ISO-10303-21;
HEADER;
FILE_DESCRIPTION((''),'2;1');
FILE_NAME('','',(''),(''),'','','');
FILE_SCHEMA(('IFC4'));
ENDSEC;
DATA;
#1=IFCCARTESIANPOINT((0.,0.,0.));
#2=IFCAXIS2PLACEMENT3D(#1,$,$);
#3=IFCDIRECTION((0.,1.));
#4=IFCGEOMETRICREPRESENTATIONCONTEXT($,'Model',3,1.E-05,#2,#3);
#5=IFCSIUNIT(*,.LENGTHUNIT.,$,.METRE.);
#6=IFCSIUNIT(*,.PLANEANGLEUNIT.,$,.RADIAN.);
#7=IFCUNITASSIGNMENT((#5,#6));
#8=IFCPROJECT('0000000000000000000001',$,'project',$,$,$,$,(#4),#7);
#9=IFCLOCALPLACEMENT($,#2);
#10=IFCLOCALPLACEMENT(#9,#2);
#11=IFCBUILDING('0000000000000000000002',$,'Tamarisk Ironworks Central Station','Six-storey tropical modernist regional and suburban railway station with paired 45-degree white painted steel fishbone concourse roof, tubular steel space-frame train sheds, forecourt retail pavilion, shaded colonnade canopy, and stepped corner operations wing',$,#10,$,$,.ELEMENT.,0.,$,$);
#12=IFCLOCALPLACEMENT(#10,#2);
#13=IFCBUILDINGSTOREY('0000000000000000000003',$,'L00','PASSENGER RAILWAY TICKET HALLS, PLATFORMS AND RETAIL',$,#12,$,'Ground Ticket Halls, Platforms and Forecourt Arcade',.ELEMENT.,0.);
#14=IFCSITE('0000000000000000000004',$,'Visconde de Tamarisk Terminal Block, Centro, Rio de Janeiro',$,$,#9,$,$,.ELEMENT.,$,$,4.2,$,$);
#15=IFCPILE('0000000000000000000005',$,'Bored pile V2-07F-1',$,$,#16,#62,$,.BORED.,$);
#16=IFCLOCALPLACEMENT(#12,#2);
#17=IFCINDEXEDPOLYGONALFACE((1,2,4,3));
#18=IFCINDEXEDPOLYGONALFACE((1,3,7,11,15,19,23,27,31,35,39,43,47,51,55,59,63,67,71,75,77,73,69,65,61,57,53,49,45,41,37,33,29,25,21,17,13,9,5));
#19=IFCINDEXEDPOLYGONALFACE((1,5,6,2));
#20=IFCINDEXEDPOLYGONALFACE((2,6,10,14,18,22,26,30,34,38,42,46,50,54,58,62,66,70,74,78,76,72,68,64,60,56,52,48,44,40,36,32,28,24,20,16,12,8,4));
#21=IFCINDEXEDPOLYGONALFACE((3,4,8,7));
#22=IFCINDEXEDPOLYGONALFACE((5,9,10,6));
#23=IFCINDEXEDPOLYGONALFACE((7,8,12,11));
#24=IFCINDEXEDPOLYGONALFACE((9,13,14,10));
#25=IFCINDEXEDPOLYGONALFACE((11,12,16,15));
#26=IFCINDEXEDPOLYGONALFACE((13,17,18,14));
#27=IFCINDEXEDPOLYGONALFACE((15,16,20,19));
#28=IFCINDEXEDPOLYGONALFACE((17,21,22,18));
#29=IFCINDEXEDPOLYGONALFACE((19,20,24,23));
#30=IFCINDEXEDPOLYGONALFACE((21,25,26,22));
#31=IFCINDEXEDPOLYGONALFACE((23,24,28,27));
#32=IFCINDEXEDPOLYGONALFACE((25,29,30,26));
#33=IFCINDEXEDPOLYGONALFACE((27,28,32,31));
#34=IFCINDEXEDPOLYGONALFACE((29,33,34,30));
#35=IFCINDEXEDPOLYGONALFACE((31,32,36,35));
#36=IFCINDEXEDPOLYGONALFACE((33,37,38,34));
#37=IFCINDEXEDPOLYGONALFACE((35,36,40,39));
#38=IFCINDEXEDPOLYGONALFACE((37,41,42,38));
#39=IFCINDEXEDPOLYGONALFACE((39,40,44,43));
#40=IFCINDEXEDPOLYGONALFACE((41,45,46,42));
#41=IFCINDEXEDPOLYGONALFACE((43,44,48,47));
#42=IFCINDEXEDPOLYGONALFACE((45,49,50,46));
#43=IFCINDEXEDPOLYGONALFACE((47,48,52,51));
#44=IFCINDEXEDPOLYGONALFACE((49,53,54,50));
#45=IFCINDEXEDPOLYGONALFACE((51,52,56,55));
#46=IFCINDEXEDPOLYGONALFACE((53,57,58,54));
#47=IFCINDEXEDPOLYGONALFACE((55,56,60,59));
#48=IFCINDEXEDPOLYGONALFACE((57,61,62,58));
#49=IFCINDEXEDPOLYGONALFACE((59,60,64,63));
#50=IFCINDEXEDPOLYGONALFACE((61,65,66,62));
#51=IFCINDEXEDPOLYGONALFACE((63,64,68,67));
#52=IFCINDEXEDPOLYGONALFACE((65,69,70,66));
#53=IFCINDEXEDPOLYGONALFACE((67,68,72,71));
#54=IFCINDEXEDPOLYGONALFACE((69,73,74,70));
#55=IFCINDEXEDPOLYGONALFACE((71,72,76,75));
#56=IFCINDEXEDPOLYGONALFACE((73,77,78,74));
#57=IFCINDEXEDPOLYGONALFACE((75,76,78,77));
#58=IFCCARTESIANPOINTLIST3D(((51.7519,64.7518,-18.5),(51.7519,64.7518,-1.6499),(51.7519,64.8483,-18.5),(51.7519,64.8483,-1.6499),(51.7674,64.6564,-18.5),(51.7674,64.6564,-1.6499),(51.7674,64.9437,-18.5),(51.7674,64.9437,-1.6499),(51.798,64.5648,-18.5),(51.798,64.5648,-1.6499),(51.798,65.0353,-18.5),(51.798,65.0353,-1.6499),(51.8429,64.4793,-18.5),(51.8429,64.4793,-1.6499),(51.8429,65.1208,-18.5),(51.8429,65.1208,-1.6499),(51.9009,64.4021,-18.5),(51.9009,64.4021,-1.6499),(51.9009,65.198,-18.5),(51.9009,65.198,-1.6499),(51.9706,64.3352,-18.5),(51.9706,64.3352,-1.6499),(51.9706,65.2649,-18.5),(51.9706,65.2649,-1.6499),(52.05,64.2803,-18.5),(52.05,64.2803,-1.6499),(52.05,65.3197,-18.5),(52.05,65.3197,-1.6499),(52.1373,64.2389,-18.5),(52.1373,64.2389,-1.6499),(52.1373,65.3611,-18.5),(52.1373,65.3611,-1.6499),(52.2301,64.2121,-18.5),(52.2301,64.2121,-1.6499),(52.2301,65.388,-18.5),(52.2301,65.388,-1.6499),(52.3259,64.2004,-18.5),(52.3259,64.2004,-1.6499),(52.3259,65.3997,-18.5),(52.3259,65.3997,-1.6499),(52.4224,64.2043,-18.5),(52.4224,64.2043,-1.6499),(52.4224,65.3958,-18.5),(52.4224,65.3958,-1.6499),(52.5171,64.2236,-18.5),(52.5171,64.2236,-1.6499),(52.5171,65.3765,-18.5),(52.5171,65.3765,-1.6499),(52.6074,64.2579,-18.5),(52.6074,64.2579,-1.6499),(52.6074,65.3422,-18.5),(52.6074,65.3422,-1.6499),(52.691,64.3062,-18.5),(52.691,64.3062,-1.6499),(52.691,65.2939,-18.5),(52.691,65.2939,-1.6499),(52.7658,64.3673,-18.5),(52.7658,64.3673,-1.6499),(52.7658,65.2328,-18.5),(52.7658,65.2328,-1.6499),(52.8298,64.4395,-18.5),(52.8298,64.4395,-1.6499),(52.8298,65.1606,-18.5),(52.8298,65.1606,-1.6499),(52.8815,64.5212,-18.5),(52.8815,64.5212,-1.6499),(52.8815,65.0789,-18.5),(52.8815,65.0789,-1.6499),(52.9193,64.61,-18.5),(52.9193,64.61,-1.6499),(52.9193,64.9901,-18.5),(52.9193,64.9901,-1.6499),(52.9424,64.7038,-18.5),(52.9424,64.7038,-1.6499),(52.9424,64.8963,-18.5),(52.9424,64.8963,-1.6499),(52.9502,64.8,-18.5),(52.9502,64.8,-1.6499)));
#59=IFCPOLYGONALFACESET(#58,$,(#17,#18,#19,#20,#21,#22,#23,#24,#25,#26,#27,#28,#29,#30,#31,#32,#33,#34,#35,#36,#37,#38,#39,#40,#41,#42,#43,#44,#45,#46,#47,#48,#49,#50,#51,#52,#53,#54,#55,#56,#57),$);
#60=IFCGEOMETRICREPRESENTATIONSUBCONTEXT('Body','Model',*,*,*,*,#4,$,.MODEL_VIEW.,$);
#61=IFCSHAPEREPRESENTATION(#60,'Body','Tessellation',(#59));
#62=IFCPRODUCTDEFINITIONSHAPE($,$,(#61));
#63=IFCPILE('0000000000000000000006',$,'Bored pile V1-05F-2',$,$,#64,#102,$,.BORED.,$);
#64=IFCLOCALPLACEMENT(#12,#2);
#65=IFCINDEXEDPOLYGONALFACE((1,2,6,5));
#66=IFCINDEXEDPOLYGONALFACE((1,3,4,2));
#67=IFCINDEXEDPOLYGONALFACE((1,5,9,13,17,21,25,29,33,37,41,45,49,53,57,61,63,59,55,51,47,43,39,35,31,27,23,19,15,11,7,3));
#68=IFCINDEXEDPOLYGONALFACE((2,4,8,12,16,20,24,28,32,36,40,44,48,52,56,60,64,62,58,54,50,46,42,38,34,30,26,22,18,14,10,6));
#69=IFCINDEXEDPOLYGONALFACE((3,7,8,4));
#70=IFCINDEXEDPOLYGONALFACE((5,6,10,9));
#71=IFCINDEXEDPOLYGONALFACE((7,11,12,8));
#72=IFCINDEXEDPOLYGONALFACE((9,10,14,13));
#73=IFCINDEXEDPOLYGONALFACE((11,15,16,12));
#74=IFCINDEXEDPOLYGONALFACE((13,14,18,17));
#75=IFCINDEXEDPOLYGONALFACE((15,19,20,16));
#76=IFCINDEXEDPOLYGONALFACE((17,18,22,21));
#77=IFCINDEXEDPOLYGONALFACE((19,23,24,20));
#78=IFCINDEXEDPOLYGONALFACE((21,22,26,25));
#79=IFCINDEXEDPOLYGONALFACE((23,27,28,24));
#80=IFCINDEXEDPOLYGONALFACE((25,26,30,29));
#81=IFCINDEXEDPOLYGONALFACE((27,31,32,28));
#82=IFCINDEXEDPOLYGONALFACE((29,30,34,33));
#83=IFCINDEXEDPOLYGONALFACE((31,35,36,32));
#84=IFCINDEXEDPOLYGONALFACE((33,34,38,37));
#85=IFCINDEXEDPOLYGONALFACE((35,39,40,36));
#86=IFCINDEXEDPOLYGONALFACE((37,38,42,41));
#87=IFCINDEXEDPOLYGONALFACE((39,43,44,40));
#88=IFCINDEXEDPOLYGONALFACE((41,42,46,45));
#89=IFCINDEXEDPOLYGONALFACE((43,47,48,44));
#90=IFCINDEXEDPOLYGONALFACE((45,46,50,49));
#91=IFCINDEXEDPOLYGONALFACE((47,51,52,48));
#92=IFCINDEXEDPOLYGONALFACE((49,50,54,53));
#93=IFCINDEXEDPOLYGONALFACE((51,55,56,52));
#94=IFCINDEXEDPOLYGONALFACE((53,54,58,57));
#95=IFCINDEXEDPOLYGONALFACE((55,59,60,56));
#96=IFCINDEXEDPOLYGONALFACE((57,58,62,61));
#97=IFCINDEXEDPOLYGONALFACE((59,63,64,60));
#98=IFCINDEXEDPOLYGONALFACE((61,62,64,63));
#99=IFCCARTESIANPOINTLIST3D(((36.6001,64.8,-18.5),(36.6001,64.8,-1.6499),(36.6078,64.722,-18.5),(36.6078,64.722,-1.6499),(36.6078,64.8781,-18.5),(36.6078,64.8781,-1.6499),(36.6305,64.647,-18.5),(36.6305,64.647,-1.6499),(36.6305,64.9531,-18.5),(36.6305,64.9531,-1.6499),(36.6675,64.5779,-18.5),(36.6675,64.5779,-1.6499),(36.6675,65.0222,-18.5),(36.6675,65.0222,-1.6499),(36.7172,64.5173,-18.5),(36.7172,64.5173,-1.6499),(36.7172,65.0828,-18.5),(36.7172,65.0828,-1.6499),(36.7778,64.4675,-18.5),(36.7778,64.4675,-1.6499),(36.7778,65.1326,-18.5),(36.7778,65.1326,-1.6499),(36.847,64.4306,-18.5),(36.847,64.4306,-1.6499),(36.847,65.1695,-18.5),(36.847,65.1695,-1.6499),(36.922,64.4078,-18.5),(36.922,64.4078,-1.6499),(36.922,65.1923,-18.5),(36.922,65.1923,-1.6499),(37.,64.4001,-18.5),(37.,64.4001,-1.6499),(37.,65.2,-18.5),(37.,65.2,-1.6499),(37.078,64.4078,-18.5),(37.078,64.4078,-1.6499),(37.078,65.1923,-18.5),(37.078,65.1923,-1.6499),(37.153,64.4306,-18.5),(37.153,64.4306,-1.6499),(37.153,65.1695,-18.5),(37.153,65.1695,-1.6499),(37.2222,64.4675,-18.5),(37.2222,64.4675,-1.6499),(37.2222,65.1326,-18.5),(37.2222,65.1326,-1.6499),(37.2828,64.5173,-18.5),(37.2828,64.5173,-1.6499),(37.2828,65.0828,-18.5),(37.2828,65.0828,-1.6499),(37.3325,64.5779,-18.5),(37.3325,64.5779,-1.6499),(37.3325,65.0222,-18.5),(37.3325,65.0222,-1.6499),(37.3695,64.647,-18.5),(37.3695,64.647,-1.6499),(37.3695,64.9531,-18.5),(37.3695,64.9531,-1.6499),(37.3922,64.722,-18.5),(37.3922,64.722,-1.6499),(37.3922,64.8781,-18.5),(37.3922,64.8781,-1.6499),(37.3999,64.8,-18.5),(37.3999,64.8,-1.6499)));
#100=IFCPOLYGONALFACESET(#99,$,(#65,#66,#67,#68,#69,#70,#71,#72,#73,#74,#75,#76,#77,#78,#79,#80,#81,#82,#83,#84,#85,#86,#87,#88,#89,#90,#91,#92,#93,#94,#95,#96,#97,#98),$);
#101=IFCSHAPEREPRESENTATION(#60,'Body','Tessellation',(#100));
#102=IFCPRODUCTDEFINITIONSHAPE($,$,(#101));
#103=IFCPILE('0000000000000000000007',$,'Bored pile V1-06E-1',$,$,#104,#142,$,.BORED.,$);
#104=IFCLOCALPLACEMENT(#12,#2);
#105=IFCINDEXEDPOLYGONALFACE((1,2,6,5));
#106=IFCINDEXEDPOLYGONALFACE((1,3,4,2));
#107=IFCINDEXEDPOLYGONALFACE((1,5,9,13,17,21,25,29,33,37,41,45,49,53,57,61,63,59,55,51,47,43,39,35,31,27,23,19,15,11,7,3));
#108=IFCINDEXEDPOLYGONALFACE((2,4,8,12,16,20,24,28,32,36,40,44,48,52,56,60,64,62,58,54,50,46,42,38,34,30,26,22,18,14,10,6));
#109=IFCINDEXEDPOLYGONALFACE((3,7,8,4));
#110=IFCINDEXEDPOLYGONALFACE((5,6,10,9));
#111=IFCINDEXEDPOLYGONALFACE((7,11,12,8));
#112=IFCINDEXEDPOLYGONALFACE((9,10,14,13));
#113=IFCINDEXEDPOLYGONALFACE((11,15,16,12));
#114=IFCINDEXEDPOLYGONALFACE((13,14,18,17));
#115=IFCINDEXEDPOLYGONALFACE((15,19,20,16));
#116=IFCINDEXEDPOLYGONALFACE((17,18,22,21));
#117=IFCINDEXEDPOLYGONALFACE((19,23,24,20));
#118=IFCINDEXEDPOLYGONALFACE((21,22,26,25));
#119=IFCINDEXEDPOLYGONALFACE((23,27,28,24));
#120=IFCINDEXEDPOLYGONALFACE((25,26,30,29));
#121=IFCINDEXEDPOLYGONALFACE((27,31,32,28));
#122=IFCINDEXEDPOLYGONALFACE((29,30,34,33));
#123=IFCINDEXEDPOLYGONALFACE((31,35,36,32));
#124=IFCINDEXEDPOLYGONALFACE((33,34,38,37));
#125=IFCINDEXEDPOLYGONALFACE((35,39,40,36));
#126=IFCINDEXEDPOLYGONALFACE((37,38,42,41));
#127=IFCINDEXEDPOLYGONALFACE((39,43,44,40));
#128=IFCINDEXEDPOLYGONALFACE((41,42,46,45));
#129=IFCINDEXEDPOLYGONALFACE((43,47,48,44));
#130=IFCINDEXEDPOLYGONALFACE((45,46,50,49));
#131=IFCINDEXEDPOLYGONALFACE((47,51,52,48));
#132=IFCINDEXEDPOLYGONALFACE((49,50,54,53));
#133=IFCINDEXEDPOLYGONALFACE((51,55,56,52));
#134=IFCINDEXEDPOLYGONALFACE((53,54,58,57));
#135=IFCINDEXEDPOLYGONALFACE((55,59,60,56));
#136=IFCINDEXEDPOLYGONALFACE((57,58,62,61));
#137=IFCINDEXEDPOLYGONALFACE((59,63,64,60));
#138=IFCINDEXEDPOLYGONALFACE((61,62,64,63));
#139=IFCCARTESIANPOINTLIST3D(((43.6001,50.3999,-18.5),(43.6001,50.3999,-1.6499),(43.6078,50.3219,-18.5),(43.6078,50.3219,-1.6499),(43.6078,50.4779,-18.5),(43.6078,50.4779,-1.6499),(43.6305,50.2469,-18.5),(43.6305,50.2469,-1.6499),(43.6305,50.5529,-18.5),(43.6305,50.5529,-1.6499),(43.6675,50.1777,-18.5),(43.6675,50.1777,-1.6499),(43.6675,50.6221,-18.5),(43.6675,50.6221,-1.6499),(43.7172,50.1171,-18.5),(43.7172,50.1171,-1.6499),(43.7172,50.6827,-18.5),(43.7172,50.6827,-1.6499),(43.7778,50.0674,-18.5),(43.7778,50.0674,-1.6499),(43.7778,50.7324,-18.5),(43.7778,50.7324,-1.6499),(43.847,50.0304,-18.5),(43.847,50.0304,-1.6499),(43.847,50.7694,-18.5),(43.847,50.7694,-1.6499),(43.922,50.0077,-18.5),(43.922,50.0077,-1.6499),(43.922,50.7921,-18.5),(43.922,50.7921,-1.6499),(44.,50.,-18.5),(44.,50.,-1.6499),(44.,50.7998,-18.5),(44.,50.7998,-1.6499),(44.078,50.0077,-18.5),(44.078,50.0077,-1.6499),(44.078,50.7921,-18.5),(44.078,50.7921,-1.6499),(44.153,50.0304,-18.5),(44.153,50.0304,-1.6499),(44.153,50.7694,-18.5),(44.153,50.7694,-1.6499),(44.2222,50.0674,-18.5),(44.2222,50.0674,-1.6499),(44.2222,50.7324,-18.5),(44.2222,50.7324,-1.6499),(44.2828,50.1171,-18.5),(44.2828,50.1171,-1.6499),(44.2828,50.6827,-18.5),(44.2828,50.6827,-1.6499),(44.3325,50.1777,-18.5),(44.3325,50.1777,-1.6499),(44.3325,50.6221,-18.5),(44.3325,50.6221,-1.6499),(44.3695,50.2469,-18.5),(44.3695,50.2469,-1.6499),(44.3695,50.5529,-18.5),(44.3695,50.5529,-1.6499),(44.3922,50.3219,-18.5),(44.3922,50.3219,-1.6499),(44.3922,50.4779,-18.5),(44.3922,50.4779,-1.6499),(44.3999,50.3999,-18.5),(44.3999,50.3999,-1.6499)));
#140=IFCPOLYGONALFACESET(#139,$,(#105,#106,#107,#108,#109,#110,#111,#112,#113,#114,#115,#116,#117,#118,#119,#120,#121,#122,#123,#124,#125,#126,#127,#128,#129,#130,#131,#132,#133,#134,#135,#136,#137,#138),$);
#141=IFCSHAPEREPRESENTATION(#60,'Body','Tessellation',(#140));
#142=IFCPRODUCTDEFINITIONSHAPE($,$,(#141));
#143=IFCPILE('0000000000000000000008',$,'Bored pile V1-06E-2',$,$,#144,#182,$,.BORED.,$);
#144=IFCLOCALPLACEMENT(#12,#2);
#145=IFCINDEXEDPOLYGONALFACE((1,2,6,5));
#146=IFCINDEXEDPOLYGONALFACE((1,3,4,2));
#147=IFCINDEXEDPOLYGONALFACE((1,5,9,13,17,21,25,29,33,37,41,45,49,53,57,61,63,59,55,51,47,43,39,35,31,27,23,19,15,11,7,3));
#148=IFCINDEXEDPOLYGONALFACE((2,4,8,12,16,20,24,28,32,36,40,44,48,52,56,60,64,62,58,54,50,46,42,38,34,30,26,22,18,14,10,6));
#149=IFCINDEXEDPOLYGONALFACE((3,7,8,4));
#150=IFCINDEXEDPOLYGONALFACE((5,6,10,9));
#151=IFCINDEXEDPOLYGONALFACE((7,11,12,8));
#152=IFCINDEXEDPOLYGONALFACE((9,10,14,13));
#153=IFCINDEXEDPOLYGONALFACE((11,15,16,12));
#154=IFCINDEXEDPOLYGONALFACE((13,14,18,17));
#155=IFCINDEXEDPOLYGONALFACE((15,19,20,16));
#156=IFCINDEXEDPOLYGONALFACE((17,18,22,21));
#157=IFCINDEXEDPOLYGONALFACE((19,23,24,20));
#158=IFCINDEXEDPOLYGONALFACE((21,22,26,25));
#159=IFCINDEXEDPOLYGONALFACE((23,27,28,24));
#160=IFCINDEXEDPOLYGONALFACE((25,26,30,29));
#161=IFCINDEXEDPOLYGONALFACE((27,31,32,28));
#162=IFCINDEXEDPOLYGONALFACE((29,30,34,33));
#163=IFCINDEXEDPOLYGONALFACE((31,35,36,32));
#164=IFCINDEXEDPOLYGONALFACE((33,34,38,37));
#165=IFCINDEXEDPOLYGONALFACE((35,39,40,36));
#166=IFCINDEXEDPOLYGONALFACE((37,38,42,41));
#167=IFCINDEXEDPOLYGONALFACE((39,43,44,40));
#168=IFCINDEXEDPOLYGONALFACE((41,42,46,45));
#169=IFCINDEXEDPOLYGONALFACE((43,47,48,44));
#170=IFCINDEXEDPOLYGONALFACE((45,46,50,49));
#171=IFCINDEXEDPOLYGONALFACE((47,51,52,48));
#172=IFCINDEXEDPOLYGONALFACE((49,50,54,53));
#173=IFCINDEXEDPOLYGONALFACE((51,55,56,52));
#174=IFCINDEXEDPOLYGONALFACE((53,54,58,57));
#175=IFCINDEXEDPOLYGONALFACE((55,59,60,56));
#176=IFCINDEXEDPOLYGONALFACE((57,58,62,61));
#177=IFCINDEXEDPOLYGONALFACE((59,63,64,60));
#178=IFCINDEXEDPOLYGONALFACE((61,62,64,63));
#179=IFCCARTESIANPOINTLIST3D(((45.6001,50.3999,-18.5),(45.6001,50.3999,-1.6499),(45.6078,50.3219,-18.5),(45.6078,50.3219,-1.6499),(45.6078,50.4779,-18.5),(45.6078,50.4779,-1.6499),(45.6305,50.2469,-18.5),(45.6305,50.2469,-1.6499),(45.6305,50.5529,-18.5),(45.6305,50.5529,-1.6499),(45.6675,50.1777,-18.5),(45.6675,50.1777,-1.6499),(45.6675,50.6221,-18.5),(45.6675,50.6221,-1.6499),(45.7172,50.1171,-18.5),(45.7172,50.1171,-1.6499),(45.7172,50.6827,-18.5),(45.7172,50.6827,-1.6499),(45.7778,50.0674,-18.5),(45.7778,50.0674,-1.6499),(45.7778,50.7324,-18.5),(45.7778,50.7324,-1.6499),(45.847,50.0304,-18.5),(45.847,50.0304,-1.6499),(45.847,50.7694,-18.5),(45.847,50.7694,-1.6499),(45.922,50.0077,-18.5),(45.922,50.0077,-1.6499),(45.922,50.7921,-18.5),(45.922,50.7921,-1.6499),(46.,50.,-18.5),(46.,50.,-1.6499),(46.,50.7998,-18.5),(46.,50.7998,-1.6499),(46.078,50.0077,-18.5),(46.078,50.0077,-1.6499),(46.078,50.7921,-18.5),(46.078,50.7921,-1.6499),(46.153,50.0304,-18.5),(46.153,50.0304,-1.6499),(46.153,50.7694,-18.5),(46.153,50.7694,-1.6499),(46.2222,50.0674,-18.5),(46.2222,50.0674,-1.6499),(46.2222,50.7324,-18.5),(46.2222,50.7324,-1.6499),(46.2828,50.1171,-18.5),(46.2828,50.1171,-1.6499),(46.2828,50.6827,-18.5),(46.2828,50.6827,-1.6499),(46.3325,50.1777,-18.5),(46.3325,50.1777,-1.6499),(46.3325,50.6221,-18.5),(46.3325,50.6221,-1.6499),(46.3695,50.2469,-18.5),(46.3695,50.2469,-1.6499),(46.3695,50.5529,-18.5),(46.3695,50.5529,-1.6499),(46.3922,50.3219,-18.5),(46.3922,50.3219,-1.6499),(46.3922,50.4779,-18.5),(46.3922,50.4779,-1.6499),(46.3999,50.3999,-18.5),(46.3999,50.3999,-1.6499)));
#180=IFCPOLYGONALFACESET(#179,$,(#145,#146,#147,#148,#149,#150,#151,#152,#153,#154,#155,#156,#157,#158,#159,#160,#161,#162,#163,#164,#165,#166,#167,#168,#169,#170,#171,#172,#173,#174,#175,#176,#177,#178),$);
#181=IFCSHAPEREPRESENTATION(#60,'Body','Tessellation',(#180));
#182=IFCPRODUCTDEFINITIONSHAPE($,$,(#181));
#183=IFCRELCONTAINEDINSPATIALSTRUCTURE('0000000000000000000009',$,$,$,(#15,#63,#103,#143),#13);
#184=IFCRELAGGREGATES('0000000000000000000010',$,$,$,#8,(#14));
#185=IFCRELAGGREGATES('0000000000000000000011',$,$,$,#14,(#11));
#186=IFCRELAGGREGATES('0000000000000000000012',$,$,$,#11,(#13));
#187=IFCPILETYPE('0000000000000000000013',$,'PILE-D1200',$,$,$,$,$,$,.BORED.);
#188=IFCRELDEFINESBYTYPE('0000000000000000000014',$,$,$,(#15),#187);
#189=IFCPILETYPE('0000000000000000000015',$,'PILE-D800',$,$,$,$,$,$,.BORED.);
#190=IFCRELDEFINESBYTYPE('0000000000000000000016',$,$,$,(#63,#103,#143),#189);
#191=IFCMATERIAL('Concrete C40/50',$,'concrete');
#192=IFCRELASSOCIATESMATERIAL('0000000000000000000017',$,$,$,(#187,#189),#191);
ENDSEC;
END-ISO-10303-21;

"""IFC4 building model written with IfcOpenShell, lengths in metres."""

from ifc_helpers import new_model, si_unit, direction, frame, origin, origin_2d, place, context, subcontext, project, spatial, circle, extrude, material, material_profile, profile_set, type_object, element, save


model = new_model("IFC4")

# Units and contexts
model_context = context("Model", 3, precision=1e-05, world=origin(), true_north=direction((0.0, 1.0)))
body_context = subcontext(model_context, "Body", "Model", "MODEL_VIEW")
ifc_project = project(units=[si_unit("LENGTHUNIT", "METRE"), si_unit("PLANEANGLEUNIT", "RADIAN")], contexts=[model_context])

# Site, building, storey
site_placement = place(None, origin())
site = spatial("IfcSite", under=ifc_project, at=site_placement, Name="Visconde de Tamarisk Terminal Block, Centro, Rio de Janeiro", CompositionType="ELEMENT", RefElevation=4.2)
building_placement = place(site_placement, origin())
building = spatial("IfcBuilding", under=site, at=building_placement, Name="Tamarisk Ironworks Central Station", Description="Six-storey tropical modernist regional and suburban railway station with paired 45-degree white painted steel fishbone concourse roof, tubular steel space-frame train sheds, forecourt retail pavilion, shaded colonnade canopy, and stepped corner operations wing", CompositionType="ELEMENT", ElevationOfRefHeight=0.0)
storey_placement = place(building_placement, origin())
storey = spatial("IfcBuildingStorey", under=building, at=storey_placement, Name="L00", Description="PASSENGER RAILWAY TICKET HALLS, PLATFORMS AND RETAIL", LongName="Ground Ticket Halls, Platforms and Forecourt Arcade", CompositionType="ELEMENT", Elevation=0.0)

# Shared definitions
ifc_material_1 = material(Name="Concrete C40/50", Category="concrete")

# Piles
ifc_material_profile_1 = material_profile(ifc_material_1, circle(Radius=0.6001, at=origin_2d()), Name="BORED PILE D1200")
ifc_profile_set_1 = profile_set([ifc_material_profile_1], Name="Concrete C40/50")
pile_type_1 = type_object("IfcPileType", Name="PILE-D1200", PredefinedType="BORED", material=ifc_profile_set_1)
pile_placement = place(storey_placement, frame((52.3501, 64.8, -1.6499), z_axis=(0.0, 0.0, -1.0), x_axis=(1.0, 0.0, 0.0)))
element("IfcPile", 1, at=pile_placement, inside=storey, type_object=pile_type_1, Name="Bored pile V2-07F-1", PredefinedType="BORED", context=body_context, shape_type="SweptSolid", body=[
    extrude(circle(Radius=0.6001, at=origin_2d()), origin(), (0.0, 0.0, 1.0), 16.8501),
])
ifc_material_profile_2 = material_profile(ifc_material_1, circle(Radius=0.3999, at=origin_2d()), Name="BORED PILE D800")
ifc_profile_set_2 = profile_set([ifc_material_profile_2], Name="Concrete C40/50")
pile_type_2 = type_object("IfcPileType", Name="PILE-D800", PredefinedType="BORED", material=ifc_profile_set_2)
for number, where, z_axis, x_axis, name in (
    (2, (37.0, 64.8, -1.6499), (0.0, 0.0, -1.0), (1.0, 0.0, 0.0), "Bored pile V1-05F-2"),
    (3, (44.0, 50.3999, -1.6499), (0.0, 0.0, -1.0), (1.0, 0.0, 0.0), "Bored pile V1-06E-1"),
    (4, (46.0, 50.3999, -1.6499), (0.0, 0.0, -1.0), (1.0, 0.0, 0.0), "Bored pile V1-06E-2"),
):
    element("IfcPile", number, at=place(storey_placement, frame(where, z_axis=z_axis, x_axis=x_axis)), inside=storey, type_object=pile_type_2, Name=name, PredefinedType="BORED", context=body_context, shape_type="SweptSolid", body=[
        extrude(circle(Radius=0.3999, at=origin_2d()), origin(), (0.0, 0.0, 1.0), 16.8501),
    ])

save(model, "model.ifc")
